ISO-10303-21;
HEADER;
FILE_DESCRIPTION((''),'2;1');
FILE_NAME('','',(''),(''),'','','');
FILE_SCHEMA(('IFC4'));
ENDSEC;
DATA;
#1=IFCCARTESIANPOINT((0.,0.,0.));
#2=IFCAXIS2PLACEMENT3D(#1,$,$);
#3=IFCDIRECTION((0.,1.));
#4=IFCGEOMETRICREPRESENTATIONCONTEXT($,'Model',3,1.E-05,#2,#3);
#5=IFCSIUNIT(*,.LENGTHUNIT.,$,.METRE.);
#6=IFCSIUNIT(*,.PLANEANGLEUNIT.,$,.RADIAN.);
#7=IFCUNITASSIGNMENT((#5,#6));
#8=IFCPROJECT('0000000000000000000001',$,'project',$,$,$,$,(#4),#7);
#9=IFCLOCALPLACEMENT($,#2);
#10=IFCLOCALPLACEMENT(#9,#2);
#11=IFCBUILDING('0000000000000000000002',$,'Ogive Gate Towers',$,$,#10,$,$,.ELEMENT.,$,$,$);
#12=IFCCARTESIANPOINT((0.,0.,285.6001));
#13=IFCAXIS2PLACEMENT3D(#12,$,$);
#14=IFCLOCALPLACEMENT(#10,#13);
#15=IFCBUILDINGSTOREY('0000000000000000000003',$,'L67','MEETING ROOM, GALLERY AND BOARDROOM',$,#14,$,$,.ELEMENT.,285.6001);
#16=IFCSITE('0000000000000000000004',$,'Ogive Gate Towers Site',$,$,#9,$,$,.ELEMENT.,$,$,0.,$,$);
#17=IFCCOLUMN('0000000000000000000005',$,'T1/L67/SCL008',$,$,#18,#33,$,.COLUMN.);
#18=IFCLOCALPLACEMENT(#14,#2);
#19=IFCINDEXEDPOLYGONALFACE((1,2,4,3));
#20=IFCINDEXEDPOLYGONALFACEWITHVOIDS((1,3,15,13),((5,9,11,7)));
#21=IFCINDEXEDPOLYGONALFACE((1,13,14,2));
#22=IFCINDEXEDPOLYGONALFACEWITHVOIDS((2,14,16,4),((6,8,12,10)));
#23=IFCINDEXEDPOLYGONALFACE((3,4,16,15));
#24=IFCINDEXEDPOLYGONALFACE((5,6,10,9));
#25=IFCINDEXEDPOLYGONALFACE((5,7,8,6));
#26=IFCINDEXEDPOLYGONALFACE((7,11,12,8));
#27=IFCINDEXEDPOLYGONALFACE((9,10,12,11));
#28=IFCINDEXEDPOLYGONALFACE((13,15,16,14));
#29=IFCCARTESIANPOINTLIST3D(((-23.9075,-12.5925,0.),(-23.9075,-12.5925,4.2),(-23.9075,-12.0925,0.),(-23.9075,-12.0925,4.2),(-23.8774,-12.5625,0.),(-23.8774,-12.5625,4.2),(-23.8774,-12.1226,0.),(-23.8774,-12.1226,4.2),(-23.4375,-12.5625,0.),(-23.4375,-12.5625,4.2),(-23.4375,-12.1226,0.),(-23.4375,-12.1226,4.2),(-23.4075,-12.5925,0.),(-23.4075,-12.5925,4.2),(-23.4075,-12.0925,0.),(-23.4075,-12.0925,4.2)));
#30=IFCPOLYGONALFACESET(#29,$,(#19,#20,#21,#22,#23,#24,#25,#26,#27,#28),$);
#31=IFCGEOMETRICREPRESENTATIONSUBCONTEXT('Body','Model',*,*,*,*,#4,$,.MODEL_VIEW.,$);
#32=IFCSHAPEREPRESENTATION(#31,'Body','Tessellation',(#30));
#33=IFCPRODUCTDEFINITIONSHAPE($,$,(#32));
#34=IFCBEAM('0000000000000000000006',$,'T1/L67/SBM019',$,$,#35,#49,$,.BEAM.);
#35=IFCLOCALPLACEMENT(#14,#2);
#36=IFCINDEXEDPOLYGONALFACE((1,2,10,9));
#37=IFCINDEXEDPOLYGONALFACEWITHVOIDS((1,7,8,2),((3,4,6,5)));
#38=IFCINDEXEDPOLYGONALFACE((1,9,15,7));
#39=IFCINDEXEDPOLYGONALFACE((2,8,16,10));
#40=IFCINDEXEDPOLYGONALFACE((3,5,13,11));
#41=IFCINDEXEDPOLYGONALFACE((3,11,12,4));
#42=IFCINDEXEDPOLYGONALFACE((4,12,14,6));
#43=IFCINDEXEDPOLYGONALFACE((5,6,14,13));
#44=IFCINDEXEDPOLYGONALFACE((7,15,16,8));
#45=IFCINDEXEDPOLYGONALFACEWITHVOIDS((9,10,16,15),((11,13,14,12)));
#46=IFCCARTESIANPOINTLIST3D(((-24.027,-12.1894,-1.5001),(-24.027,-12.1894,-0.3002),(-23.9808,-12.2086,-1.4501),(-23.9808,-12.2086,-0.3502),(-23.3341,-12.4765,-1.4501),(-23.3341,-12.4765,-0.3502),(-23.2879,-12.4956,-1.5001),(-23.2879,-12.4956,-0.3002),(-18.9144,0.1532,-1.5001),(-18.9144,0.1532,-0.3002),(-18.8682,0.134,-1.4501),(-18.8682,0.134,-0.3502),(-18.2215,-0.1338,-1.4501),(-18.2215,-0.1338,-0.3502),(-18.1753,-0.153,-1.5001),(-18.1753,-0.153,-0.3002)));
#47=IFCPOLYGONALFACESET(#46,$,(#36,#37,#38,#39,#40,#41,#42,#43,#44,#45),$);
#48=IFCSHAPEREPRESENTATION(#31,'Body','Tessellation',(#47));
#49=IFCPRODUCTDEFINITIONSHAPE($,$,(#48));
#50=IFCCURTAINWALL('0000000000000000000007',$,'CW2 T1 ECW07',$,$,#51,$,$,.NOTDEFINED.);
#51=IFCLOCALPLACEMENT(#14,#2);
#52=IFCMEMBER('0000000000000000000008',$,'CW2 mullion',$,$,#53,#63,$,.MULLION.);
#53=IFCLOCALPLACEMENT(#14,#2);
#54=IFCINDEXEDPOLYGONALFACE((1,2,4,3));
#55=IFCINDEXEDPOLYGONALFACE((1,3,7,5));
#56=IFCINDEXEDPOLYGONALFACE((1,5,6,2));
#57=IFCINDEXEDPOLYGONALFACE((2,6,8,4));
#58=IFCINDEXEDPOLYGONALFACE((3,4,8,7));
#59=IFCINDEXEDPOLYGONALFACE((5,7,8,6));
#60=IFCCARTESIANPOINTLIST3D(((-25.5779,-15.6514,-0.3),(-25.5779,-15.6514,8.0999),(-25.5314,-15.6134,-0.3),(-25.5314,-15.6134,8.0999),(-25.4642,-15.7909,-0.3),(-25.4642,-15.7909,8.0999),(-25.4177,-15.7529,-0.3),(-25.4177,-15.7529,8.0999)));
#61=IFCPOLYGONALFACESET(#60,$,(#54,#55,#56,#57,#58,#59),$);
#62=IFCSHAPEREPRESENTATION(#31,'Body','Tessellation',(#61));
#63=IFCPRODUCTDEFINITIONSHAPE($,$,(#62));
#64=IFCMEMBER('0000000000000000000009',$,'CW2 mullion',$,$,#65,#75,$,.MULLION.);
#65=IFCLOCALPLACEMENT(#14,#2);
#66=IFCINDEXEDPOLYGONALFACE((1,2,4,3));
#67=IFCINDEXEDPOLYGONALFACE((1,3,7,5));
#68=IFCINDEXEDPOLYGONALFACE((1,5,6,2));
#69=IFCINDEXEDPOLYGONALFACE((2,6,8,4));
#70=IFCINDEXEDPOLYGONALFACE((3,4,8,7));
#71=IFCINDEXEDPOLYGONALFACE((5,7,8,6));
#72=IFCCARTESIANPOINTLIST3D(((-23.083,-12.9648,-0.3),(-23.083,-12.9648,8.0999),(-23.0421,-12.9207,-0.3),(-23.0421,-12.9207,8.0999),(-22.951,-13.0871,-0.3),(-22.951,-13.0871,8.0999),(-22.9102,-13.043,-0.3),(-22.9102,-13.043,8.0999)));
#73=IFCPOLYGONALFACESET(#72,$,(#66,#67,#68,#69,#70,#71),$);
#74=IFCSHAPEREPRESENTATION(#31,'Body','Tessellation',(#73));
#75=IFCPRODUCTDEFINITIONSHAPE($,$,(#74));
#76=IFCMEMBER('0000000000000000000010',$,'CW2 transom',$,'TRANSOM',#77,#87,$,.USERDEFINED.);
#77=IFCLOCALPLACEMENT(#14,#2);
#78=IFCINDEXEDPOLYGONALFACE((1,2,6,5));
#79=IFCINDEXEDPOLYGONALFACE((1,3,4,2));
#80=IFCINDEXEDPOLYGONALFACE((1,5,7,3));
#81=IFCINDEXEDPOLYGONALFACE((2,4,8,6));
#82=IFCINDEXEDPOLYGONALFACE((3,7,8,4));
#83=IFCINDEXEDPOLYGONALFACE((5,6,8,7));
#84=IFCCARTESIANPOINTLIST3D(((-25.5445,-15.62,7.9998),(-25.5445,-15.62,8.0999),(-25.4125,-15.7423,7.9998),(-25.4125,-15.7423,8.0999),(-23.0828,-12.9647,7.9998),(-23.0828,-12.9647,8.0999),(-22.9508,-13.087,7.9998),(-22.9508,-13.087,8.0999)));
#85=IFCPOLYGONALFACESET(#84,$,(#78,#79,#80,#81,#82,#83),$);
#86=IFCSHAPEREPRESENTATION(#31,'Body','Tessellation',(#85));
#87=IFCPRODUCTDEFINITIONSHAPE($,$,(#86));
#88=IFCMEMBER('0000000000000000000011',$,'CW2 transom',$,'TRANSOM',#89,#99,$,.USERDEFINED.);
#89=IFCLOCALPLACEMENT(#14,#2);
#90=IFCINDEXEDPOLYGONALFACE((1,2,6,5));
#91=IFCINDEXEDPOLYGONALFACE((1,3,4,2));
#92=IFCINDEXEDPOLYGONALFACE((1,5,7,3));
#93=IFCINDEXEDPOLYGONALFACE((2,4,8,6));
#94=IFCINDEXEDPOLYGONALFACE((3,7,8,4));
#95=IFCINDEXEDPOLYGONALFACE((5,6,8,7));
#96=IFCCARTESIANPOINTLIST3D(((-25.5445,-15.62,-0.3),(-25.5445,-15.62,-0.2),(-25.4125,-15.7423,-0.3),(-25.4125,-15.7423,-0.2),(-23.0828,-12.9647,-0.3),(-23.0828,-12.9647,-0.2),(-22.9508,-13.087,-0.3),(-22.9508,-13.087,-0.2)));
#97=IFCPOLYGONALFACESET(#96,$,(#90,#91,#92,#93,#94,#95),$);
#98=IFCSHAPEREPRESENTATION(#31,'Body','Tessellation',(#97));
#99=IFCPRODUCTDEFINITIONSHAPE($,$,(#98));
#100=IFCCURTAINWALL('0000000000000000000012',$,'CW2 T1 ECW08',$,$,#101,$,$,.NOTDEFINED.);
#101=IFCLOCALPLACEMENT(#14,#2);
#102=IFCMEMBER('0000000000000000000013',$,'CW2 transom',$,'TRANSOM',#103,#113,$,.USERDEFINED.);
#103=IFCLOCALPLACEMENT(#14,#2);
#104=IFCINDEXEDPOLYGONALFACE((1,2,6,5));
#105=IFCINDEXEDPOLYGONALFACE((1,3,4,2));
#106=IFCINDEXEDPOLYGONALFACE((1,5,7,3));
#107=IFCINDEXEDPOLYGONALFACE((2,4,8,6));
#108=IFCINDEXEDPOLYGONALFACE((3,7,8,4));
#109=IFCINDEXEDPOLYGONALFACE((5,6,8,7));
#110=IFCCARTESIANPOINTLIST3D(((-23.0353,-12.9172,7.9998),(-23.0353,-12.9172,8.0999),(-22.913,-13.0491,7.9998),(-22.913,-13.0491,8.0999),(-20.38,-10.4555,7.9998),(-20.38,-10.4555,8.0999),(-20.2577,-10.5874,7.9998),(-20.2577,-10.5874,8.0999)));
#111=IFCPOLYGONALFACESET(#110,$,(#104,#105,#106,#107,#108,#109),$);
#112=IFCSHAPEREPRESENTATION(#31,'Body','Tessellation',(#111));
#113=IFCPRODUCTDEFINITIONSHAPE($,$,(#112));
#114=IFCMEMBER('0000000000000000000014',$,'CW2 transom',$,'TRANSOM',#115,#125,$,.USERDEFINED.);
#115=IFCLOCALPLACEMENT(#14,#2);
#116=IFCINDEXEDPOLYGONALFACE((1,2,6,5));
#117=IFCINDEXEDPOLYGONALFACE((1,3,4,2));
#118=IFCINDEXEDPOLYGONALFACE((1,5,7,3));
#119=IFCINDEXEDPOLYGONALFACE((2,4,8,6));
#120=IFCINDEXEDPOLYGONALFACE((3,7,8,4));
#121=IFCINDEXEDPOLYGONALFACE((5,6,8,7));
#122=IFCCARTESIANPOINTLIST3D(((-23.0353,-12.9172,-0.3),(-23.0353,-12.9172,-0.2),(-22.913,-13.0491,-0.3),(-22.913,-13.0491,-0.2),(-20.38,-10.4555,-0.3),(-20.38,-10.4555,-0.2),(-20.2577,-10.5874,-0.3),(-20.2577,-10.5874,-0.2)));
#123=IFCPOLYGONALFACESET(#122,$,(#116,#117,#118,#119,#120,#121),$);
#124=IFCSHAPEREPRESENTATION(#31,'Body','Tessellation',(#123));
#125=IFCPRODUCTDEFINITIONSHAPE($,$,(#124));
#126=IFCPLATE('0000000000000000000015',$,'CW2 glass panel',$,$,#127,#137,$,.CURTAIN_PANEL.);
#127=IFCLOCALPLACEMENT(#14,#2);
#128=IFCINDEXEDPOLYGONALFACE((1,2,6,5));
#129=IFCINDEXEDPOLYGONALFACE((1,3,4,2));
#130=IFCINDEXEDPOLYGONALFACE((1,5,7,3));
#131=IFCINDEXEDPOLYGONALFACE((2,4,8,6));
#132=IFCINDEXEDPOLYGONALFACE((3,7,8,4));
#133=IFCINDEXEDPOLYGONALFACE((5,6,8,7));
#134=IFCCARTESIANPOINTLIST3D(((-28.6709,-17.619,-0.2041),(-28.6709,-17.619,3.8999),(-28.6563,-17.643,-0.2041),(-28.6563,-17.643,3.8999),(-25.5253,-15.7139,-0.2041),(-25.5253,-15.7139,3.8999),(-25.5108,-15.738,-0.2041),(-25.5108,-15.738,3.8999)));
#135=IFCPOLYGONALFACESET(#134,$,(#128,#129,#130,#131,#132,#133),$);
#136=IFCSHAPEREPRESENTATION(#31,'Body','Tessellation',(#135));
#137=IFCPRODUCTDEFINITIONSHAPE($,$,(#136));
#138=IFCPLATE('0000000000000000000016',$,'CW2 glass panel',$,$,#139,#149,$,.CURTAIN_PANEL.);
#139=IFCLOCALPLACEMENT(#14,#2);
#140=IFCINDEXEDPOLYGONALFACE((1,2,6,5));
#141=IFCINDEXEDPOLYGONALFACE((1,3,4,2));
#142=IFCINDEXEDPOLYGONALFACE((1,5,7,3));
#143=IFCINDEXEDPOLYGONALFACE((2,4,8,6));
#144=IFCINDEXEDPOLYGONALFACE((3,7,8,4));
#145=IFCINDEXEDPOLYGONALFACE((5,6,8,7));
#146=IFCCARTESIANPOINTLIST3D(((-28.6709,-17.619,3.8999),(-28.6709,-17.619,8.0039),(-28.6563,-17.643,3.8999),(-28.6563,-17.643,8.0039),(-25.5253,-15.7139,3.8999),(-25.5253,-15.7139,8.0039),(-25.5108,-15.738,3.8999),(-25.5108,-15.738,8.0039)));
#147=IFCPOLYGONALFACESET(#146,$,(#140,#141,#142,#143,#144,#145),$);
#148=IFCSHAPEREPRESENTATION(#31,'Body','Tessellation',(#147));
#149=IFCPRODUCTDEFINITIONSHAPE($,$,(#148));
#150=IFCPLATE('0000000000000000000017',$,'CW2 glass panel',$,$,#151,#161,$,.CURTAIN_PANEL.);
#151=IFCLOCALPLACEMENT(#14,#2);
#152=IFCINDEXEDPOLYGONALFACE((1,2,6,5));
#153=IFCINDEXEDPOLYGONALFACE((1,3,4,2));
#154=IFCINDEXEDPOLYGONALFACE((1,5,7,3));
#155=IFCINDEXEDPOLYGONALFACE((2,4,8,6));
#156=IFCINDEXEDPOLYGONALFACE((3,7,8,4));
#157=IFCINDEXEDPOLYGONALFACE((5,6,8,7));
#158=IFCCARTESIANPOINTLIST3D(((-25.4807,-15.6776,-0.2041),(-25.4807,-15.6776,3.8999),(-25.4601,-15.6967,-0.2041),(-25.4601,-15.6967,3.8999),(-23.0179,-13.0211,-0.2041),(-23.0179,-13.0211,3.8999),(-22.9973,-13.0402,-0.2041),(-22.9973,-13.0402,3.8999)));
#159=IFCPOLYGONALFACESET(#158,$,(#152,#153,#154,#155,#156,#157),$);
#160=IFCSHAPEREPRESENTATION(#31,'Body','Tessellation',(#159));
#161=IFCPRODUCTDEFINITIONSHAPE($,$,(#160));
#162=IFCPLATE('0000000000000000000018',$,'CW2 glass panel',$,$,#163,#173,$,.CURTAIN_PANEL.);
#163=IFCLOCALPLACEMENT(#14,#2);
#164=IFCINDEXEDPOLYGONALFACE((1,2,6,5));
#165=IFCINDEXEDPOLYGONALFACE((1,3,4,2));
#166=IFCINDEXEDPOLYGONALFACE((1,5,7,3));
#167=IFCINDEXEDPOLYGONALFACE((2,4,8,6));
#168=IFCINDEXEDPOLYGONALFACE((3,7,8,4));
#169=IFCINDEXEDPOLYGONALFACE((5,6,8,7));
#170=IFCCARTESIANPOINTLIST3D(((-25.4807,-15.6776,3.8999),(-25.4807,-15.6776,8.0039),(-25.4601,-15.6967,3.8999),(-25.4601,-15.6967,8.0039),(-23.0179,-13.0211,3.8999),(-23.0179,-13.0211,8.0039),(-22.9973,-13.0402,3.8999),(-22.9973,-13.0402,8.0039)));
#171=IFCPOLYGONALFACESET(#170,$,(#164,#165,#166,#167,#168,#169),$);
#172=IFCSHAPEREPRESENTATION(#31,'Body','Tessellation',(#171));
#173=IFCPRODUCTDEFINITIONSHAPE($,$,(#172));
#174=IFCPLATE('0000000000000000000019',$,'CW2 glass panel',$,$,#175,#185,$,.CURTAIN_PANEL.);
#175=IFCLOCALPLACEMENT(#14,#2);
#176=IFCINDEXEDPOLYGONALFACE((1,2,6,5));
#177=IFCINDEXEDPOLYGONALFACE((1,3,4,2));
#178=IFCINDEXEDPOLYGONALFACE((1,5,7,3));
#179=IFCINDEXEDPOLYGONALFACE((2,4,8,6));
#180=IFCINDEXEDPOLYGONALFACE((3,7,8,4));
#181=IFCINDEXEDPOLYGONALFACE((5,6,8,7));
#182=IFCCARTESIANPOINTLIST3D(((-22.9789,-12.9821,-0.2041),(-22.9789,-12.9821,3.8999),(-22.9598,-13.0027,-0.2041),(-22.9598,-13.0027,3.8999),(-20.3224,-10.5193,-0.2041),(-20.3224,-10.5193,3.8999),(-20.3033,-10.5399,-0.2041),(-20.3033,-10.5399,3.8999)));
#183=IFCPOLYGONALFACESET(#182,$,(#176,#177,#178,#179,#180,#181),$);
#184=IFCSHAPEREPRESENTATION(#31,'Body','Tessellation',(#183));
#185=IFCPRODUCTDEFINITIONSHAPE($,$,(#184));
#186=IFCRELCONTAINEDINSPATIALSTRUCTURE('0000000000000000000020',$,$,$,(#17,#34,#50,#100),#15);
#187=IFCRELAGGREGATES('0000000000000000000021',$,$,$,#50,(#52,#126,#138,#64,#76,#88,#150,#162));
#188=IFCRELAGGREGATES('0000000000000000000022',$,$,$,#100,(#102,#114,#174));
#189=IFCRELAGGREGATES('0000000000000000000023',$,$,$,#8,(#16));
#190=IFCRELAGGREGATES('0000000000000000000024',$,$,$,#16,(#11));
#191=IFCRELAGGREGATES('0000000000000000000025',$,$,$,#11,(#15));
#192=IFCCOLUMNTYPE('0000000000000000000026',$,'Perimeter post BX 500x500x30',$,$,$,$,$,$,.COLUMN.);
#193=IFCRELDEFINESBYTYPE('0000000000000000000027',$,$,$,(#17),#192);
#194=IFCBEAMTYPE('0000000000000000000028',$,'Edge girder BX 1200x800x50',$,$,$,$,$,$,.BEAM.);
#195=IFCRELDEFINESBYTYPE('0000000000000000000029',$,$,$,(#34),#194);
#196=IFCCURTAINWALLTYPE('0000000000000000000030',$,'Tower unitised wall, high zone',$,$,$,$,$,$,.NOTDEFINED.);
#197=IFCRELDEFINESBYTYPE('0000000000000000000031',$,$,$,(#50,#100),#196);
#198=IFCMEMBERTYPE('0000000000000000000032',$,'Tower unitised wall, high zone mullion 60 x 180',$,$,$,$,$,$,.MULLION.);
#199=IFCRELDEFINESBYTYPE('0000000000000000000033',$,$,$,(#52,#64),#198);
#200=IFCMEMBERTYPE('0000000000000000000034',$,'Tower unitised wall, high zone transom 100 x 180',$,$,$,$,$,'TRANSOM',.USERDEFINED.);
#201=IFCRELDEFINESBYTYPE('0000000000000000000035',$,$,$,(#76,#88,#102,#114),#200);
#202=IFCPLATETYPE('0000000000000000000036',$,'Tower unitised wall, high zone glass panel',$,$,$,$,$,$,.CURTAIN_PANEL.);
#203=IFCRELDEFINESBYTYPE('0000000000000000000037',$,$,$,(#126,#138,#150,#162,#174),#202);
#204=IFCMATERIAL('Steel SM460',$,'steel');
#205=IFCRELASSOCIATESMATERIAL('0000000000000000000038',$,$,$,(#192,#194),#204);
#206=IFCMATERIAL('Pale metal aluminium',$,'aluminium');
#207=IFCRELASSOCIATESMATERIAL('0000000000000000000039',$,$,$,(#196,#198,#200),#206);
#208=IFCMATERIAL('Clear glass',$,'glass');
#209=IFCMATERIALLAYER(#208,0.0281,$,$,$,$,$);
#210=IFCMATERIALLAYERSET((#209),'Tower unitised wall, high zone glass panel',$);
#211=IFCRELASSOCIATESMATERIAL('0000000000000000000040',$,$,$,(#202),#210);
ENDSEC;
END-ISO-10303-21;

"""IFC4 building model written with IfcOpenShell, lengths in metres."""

from ifc_helpers import new_model, si_unit, direction, frame, origin, origin_2d, place, context, subcontext, project, spatial, rectangle, hollow_rectangle, extrude, material, layer, layer_set, material_profile, profile_set, type_object, element, aggregate, save


model = new_model("IFC4")

# Units and contexts
model_context = context("Model", 3, precision=1e-05, world=origin(), true_north=direction((0.0, 1.0)))
body_context = subcontext(model_context, "Body", "Model", "MODEL_VIEW")
ifc_project = project(units=[si_unit("LENGTHUNIT", "METRE"), si_unit("PLANEANGLEUNIT", "RADIAN")], contexts=[model_context])

# Site, building, storey
site_placement = place(None, origin())
site = spatial("IfcSite", under=ifc_project, at=site_placement, Name="Ogive Gate Towers Site", CompositionType="ELEMENT", RefElevation=0.0)
building_placement = place(site_placement, origin())
building = spatial("IfcBuilding", under=site, at=building_placement, Name="Ogive Gate Towers", CompositionType="ELEMENT")
storey_placement = place(building_placement, frame((0.0, 0.0, 285.6001)))
storey = spatial("IfcBuildingStorey", under=building, at=storey_placement, Name="L67", Description="MEETING ROOM, GALLERY AND BOARDROOM", CompositionType="ELEMENT", Elevation=285.6001)

# Column
ifc_material_1 = material(Name="Steel SM460", Category="steel")
ifc_material_profile_1 = material_profile(ifc_material_1, hollow_rectangle(XDim=0.5, YDim=0.5, WallThickness=0.03, at=origin_2d()), Name="BX 500x500x30")
ifc_profile_set_1 = profile_set([ifc_material_profile_1], Name="Steel SM460")
column_type = type_object("IfcColumnType", Name="Perimeter post BX 500x500x30", PredefinedType="COLUMN", material=ifc_profile_set_1)
column_placement = place(storey_placement, frame((-23.6575, -12.3425, 0.0), z_axis=(0.0, 0.0, 1.0), x_axis=(1.0, 0.0, 0.0)))
element("IfcColumn", 1, at=column_placement, inside=storey, type_object=column_type, Name="T1/L67/SCL008", PredefinedType="COLUMN", context=body_context, shape_type="SweptSolid", body=[
    extrude(hollow_rectangle(XDim=0.5, YDim=0.5, WallThickness=0.03, at=origin_2d()), origin(), (0.0, 0.0, 1.0), 4.2),
])

# Beam
ifc_material_profile_2 = material_profile(ifc_material_1, hollow_rectangle(XDim=0.8, YDim=1.2, WallThickness=0.05, at=origin_2d()), Name="BX 1200x800x50")
ifc_profile_set_2 = profile_set([ifc_material_profile_2], Name="Steel SM460")
beam_type = type_object("IfcBeamType", Name="Edge girder BX 1200x800x50", PredefinedType="BEAM", material=ifc_profile_set_2)
beam_placement = place(storey_placement, frame((-23.6575, -12.3425, -0.9001), z_axis=(0.38269, 0.923877, 0.0), x_axis=(-0.923877, 0.38269, 0.0)))
element("IfcBeam", 2, at=beam_placement, inside=storey, type_object=beam_type, Name="T1/L67/SBM019", PredefinedType="BEAM", context=body_context, shape_type="SweptSolid", body=[
    extrude(hollow_rectangle(XDim=0.8, YDim=1.2, WallThickness=0.05, at=origin_2d()), origin(), (0.0, 0.0, 1.0), 13.3596),
])

# Curtain walls, members
ifc_material_2 = material(Name="Pale metal aluminium", Category="aluminium")
curtain_wall_type = type_object("IfcCurtainWallType", Name="Tower unitised wall, high zone", PredefinedType="NOTDEFINED", material=ifc_material_2)
curtain_wall_1_placement = place(storey_placement, origin())
curtain_wall_1 = element("IfcCurtainWall", 3, at=curtain_wall_1_placement, inside=storey, type_object=curtain_wall_type, Name="CW2 T1 ECW07", PredefinedType="NOTDEFINED")
ifc_material_profile_3 = material_profile(ifc_material_2, rectangle(XDim=0.1799, YDim=0.0601, at=origin_2d()), Name="60 x 180 aluminium box")
ifc_profile_set_3 = profile_set([ifc_material_profile_3], Name="Pale metal aluminium")
member_type_1 = type_object("IfcMemberType", Name="Tower unitised wall, high zone mullion 60 x 180", PredefinedType="MULLION", material=ifc_profile_set_3)
member_1_placement = place(storey_placement, frame((-25.4978, -15.7021, -0.3), z_axis=(0.0, 0.0, 1.0), x_axis=(0.631813, -0.775121, 0.0)))
member_1 = element("IfcMember", 4, at=member_1_placement, type_object=member_type_1, Name="CW2 mullion", PredefinedType="MULLION", context=body_context, shape_type="SweptSolid", body=[
    extrude(rectangle(XDim=0.1799, YDim=0.0601, at=origin_2d()), origin(), (0.0, 0.0, 1.0), 8.3999),
])
member_2_placement = place(storey_placement, frame((-22.9966, -13.0039, -0.3), z_axis=(0.0, 0.0, 1.0), x_axis=(0.733338, -0.679864, 0.0)))
member_2 = element("IfcMember", 5, at=member_2_placement, type_object=member_type_1, Name="CW2 mullion", PredefinedType="MULLION", context=body_context, shape_type="SweptSolid", body=[
    extrude(rectangle(XDim=0.1799, YDim=0.0601, at=origin_2d()), origin(), (0.0, 0.0, 1.0), 8.3999),
])
ifc_material_profile_4 = material_profile(ifc_material_2, rectangle(XDim=0.1799, YDim=0.1001, at=origin_2d()), Name="100 x 180 aluminium box")
ifc_profile_set_4 = profile_set([ifc_material_profile_4], Name="Pale metal aluminium")
member_type_2 = type_object("IfcMemberType", Name="Tower unitised wall, high zone transom 100 x 180", ElementType="TRANSOM", PredefinedType="USERDEFINED", material=ifc_profile_set_4)
member_3_placement = place(storey_placement, frame((-25.4785, -15.6812, 8.0498), z_axis=(0.679866, 0.733336, 0.0), x_axis=(-0.733336, 0.679866, 0.0)))
member_3 = element("IfcMember", 6, at=member_3_placement, type_object=member_type_2, Name="CW2 transom", ObjectType="TRANSOM", PredefinedType="USERDEFINED", context=body_context, shape_type="SweptSolid", body=[
    extrude(rectangle(XDim=0.1799, YDim=0.1001, at=origin_2d()), origin(), (0.0, 0.0, 1.0), 3.6208),
])
member_4_placement = place(storey_placement, frame((-25.4785, -15.6812, -0.25), z_axis=(0.679866, 0.733336, 0.0), x_axis=(-0.733336, 0.679866, 0.0)))
member_4 = element("IfcMember", 7, at=member_4_placement, type_object=member_type_2, Name="CW2 transom", ObjectType="TRANSOM", PredefinedType="USERDEFINED", context=body_context, shape_type="SweptSolid", body=[
    extrude(rectangle(XDim=0.1799, YDim=0.1001, at=origin_2d()), origin(), (0.0, 0.0, 1.0), 3.6208),
])
curtain_wall_2_placement = place(storey_placement, origin())
curtain_wall_2 = element("IfcCurtainWall", 8, at=curtain_wall_2_placement, inside=storey, type_object=curtain_wall_type, Name="CW2 T1 ECW08", PredefinedType="NOTDEFINED")
member_5_placement = place(storey_placement, frame((-22.9741, -12.9832, 8.0498), z_axis=(0.733336, 0.679866, 0.0), x_axis=(-0.679866, 0.733336, 0.0)))
member_5 = element("IfcMember", 9, at=member_5_placement, type_object=member_type_2, Name="CW2 transom", ObjectType="TRANSOM", PredefinedType="USERDEFINED", context=body_context, shape_type="SweptSolid", body=[
    extrude(rectangle(XDim=0.1799, YDim=0.1001, at=origin_2d()), origin(), (0.0, 0.0, 1.0), 3.6208),
])
member_6_placement = place(storey_placement, frame((-22.9741, -12.9832, -0.25), z_axis=(0.733336, 0.679866, 0.0), x_axis=(-0.679866, 0.733336, 0.0)))
member_6 = element("IfcMember", 10, at=member_6_placement, type_object=member_type_2, Name="CW2 transom", ObjectType="TRANSOM", PredefinedType="USERDEFINED", context=body_context, shape_type="SweptSolid", body=[
    extrude(rectangle(XDim=0.1799, YDim=0.1001, at=origin_2d()), origin(), (0.0, 0.0, 1.0), 3.6208),
])

# Plates
ifc_material_3 = material(Name="Clear glass", Category="glass")
ifc_layer_1 = layer(ifc_material_3, 0.0281)
ifc_layer_set_1 = layer_set([ifc_layer_1], Name="Tower unitised wall, high zone glass panel")
plate_type = type_object("IfcPlateType", Name="Tower unitised wall, high zone glass panel", PredefinedType="CURTAIN_PANEL", material=ifc_layer_set_1)
plate_1_placement = place(storey_placement, frame((-27.0908, -16.6785, -0.2041), z_axis=(0.0, 0.0, 1.0), x_axis=(0.855364, 0.518027, 0.0)))
plate_1 = element("IfcPlate", 11, at=plate_1_placement, type_object=plate_type, Name="CW2 glass panel", PredefinedType="CURTAIN_PANEL", context=body_context, shape_type="SweptSolid", body=[
    extrude(rectangle(XDim=3.6775, YDim=0.0281, at=origin_2d()), origin(), (0.0, 0.0, 1.0), 4.104),
])
plate_2_placement = place(storey_placement, frame((-27.0908, -16.6785, 3.8999), z_axis=(0.0, 0.0, 1.0), x_axis=(0.855364, 0.518027, 0.0)))
plate_2 = element("IfcPlate", 12, at=plate_2_placement, type_object=plate_type, Name="CW2 glass panel", PredefinedType="CURTAIN_PANEL", context=body_context, shape_type="SweptSolid", body=[
    extrude(rectangle(XDim=3.6775, YDim=0.0281, at=origin_2d()), origin(), (0.0, 0.0, 1.0), 4.104),
])
plate_3_placement = place(storey_placement, frame((-24.239, -14.3589, -0.2041), z_axis=(0.0, 0.0, 1.0), x_axis=(0.679864, 0.733338, 0.0)))
plate_3 = element("IfcPlate", 13, at=plate_3_placement, type_object=plate_type, Name="CW2 glass panel", PredefinedType="CURTAIN_PANEL", context=body_context, shape_type="SweptSolid", body=[
    extrude(rectangle(XDim=3.6226, YDim=0.0281, at=origin_2d()), origin(), (0.0, 0.0, 1.0), 4.104),
])
plate_4_placement = place(storey_placement, frame((-24.239, -14.3589, 3.8999), z_axis=(0.0, 0.0, 1.0), x_axis=(0.679864, 0.733338, 0.0)))
plate_4 = element("IfcPlate", 14, at=plate_4_placement, type_object=plate_type, Name="CW2 glass panel", PredefinedType="CURTAIN_PANEL", context=body_context, shape_type="SweptSolid", body=[
    extrude(rectangle(XDim=3.6226, YDim=0.0281, at=origin_2d()), origin(), (0.0, 0.0, 1.0), 4.104),
])
aggregate(curtain_wall_1, [member_1, plate_1, plate_2, member_2, member_3, member_4, plate_3, plate_4])
plate_5_placement = place(storey_placement, frame((-21.6411, -11.761, -0.2041), z_axis=(0.0, 0.0, 1.0), x_axis=(0.733338, 0.679864, 0.0)))
plate_5 = element("IfcPlate", 15, at=plate_5_placement, type_object=plate_type, Name="CW2 glass panel", PredefinedType="CURTAIN_PANEL", context=body_context, shape_type="SweptSolid", body=[
    extrude(rectangle(XDim=3.6226, YDim=0.0281, at=origin_2d()), origin(), (0.0, 0.0, 1.0), 4.104),
])
aggregate(curtain_wall_2, [member_5, member_6, plate_5])

save(model, "model.ifc")
